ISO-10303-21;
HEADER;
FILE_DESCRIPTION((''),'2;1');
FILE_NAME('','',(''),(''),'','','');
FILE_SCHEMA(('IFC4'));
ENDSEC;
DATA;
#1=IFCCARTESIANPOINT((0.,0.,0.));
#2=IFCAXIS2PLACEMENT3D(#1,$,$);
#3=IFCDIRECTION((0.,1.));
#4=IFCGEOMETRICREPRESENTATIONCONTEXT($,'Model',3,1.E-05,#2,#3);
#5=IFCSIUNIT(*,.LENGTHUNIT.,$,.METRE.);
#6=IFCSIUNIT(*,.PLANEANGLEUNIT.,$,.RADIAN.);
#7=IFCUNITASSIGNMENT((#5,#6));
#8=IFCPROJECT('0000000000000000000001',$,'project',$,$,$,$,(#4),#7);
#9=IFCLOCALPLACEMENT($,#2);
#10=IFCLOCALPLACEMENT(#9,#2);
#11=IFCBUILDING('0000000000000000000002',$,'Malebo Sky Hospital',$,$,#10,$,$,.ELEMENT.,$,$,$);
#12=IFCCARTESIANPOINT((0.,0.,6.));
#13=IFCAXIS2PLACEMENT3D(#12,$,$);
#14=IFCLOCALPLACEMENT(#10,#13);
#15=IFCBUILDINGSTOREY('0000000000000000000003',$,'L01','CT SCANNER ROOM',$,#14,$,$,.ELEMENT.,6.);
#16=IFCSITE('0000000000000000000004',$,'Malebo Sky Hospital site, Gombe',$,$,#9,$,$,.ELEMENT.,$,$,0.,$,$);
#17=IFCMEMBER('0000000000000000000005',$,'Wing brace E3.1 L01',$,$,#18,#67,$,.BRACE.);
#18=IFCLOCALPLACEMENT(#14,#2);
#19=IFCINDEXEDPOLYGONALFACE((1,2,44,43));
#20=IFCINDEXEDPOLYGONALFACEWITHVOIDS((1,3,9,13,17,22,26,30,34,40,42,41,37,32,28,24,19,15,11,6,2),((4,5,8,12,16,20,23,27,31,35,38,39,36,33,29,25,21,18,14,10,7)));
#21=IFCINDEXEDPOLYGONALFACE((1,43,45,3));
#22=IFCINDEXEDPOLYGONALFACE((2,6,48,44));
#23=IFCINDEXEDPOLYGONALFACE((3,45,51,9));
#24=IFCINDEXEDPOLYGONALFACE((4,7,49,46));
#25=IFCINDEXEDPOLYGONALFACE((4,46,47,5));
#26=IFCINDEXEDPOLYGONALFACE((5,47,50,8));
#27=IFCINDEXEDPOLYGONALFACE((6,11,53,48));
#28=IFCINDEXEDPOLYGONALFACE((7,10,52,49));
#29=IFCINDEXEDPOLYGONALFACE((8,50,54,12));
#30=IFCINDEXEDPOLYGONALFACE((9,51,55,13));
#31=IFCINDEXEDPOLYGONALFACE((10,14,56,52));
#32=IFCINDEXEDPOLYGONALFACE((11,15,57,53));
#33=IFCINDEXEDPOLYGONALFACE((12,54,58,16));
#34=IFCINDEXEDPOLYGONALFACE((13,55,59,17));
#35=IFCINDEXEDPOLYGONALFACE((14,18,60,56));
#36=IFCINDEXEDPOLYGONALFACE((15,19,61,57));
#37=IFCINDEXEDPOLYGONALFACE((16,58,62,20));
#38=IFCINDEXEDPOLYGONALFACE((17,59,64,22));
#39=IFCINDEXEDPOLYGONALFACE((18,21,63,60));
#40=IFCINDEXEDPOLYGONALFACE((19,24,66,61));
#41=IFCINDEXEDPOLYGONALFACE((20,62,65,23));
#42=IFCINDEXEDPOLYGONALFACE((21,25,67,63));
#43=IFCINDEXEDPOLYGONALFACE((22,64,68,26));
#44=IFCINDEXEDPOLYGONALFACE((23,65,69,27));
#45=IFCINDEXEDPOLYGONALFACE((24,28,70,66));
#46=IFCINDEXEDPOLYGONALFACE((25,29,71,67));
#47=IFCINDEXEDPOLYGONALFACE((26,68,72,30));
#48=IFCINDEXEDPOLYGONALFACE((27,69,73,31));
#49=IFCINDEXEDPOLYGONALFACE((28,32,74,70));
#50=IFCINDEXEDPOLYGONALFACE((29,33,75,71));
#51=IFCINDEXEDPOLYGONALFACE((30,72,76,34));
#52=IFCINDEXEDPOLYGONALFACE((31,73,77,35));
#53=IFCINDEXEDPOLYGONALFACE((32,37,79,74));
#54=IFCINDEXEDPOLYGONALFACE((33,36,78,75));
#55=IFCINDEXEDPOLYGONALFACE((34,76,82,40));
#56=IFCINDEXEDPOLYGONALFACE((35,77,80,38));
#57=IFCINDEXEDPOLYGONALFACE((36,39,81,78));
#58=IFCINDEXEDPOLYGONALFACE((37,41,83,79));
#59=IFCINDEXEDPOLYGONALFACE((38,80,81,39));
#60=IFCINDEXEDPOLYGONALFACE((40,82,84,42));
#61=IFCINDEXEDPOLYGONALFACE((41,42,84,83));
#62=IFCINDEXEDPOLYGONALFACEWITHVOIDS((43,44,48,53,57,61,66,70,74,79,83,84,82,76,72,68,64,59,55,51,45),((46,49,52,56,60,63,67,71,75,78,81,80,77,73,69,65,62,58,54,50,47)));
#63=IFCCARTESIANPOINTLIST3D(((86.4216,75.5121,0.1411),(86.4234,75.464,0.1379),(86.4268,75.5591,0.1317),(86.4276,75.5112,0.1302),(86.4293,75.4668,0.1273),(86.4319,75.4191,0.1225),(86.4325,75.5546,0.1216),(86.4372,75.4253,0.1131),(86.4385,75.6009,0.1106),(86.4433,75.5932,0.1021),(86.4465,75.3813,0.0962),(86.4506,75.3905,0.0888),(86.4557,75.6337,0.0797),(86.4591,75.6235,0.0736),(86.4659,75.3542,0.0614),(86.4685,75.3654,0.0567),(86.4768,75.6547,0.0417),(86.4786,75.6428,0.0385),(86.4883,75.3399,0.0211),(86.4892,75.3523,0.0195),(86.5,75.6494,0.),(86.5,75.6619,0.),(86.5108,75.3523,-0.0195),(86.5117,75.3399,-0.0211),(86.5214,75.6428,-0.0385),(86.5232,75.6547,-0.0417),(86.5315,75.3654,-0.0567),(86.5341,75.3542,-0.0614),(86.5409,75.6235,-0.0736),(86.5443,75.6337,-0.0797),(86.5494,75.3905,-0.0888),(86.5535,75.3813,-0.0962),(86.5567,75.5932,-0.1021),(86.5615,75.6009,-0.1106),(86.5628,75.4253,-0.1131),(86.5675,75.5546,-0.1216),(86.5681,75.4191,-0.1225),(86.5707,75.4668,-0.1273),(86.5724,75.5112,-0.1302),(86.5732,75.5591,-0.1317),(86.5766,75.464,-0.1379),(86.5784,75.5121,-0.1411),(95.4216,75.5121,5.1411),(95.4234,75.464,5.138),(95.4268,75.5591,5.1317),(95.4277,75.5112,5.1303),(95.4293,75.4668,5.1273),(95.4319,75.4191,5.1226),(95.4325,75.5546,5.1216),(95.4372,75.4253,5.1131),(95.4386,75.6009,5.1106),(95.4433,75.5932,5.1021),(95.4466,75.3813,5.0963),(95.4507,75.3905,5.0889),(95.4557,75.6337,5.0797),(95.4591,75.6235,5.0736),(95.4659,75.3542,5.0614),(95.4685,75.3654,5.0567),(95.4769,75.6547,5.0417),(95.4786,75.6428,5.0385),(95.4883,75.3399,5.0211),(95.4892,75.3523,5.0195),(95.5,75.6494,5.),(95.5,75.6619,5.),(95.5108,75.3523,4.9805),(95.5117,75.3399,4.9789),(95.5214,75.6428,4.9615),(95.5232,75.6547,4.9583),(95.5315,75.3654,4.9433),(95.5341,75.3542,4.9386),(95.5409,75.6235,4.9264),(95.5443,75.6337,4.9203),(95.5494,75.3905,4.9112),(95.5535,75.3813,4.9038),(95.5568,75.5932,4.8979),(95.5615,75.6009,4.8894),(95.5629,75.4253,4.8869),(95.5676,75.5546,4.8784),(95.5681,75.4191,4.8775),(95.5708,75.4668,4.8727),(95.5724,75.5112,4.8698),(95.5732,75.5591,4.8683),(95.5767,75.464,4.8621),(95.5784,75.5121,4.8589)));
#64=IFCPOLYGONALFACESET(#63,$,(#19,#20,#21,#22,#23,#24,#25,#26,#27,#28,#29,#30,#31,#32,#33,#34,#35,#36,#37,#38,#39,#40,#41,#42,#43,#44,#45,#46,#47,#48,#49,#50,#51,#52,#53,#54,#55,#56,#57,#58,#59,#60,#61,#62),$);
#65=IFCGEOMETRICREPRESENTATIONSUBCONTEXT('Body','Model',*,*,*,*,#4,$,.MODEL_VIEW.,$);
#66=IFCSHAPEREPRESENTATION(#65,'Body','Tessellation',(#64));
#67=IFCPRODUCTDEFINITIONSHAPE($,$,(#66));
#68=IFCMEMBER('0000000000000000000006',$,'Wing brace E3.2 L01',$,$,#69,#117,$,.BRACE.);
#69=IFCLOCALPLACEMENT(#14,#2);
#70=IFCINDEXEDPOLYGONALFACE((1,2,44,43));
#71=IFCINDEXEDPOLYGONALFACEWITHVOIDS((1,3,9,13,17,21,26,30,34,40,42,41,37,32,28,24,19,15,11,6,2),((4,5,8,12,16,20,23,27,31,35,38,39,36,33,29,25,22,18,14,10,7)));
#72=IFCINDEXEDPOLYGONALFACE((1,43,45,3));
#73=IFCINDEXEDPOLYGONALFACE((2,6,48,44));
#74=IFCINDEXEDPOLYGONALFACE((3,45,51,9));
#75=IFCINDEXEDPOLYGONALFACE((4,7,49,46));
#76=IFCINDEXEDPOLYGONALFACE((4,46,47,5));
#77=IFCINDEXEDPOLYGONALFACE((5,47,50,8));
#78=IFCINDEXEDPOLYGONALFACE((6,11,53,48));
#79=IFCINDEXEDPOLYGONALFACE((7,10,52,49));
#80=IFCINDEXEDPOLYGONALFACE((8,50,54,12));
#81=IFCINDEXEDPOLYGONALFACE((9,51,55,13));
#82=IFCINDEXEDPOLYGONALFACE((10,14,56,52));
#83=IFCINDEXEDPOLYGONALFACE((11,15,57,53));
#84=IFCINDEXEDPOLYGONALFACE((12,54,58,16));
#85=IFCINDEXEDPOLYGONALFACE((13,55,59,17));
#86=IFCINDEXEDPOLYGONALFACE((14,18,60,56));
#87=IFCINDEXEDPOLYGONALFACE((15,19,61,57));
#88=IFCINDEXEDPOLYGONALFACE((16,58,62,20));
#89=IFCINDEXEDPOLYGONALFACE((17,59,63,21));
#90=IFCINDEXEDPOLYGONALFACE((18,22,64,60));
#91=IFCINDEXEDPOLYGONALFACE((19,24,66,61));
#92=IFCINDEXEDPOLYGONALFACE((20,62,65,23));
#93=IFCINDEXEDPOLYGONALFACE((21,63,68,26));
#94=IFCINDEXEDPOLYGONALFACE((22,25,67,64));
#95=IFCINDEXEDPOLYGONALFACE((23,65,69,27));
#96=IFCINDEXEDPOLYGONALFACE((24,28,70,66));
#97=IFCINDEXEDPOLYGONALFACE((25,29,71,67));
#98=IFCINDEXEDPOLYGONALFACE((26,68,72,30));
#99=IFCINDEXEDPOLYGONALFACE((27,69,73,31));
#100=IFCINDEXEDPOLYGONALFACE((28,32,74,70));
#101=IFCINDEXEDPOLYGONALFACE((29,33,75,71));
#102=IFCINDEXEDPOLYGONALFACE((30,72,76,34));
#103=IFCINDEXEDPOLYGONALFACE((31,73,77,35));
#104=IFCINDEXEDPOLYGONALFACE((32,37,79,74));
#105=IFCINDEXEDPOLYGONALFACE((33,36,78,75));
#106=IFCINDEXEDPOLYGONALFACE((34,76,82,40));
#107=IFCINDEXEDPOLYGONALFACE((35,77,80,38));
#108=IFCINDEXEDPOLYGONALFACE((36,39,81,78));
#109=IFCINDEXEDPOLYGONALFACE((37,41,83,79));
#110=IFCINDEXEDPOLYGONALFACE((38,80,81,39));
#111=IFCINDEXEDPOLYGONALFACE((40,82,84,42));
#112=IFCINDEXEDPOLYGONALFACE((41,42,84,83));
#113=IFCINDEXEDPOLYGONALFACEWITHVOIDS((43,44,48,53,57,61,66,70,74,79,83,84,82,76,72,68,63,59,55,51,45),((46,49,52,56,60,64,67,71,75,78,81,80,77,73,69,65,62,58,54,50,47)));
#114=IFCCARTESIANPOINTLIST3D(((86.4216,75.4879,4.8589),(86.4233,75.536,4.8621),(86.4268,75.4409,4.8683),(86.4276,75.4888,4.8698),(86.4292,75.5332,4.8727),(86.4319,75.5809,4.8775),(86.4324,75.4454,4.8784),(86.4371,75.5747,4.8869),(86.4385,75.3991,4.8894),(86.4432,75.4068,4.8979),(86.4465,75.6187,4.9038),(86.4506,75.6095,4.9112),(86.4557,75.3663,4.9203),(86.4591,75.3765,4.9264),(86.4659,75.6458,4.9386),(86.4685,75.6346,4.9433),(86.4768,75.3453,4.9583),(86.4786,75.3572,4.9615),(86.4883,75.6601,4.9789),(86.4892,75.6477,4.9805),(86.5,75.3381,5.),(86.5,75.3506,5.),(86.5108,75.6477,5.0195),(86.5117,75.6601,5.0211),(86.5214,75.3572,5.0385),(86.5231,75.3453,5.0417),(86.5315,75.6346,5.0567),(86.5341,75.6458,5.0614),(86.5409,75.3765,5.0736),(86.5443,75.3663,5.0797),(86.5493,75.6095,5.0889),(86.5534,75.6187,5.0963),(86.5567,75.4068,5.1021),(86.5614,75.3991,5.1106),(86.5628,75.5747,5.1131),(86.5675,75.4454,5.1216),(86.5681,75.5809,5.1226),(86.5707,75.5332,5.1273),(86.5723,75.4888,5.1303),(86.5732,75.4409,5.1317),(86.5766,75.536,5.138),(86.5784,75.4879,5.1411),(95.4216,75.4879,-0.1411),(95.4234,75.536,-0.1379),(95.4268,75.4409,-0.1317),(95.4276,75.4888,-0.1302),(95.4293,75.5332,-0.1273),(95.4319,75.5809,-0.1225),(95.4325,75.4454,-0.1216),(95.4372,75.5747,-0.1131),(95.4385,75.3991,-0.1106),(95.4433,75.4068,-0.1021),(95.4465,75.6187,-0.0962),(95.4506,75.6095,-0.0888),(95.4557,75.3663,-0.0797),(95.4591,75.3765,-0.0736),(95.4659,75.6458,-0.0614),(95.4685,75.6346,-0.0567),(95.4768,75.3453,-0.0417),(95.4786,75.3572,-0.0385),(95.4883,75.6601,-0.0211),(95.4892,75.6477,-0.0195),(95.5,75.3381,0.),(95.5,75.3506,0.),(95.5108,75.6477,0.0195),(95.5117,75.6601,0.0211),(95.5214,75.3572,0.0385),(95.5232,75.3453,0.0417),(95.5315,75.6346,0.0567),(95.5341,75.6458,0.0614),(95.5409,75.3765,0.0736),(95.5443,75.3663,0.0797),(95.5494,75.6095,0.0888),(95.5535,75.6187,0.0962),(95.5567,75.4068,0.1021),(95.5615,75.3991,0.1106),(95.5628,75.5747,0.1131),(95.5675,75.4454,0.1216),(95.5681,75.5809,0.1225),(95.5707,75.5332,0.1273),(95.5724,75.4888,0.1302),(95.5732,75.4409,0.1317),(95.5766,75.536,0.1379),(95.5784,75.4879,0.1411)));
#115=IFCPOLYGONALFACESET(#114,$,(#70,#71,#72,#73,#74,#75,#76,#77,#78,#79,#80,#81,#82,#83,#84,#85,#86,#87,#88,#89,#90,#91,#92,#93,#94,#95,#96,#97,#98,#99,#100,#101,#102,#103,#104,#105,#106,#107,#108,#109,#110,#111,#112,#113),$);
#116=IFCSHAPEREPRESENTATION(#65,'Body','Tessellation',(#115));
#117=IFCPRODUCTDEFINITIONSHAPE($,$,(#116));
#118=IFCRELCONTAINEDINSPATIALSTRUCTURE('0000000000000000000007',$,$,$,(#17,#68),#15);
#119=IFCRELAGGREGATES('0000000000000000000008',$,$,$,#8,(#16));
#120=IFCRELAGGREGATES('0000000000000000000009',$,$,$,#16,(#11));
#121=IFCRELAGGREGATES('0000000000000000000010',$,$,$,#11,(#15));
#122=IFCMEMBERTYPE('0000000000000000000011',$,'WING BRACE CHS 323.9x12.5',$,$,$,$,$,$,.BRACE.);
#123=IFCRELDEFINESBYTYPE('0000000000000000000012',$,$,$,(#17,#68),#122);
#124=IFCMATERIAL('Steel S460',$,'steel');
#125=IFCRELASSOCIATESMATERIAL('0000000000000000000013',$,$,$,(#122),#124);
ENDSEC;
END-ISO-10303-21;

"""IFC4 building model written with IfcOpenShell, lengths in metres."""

from ifc_helpers import new_model, si_unit, direction, frame, origin, origin_2d, place, context, subcontext, project, spatial, hollow_circle, extrude, material, material_profile, profile_set, type_object, element, save


model = new_model("IFC4")

# Units and contexts
model_context = context("Model", 3, precision=1e-05, world=origin(), true_north=direction((0.0, 1.0)))
body_context = subcontext(model_context, "Body", "Model", "MODEL_VIEW")
ifc_project = project(units=[si_unit("LENGTHUNIT", "METRE"), si_unit("PLANEANGLEUNIT", "RADIAN")], contexts=[model_context])

# Site, building, storey
site_placement = place(None, origin())
site = spatial("IfcSite", under=ifc_project, at=site_placement, Name="Malebo Sky Hospital site, Gombe", CompositionType="ELEMENT", RefElevation=0.0)
building_placement = place(site_placement, origin())
building = spatial("IfcBuilding", under=site, at=building_placement, Name="Malebo Sky Hospital", CompositionType="ELEMENT")
storey_placement = place(building_placement, frame((0.0, 0.0, 6.0)))
storey = spatial("IfcBuildingStorey", under=building, at=storey_placement, Name="L01", Description="CT SCANNER ROOM", CompositionType="ELEMENT", Elevation=6.0)

# Members
ifc_material_1 = material(Name="Steel S460", Category="steel")
ifc_material_profile_1 = material_profile(ifc_material_1, hollow_circle(Radius=0.1619, WallThickness=0.0125, at=origin_2d()), Name="CHS 323.9x12.5")
ifc_profile_set_1 = profile_set([ifc_material_profile_1], Name="Steel S460")
member_type = type_object("IfcMemberType", Name="WING BRACE CHS 323.9x12.5", PredefinedType="BRACE", material=ifc_profile_set_1)
for number, where, z_axis, x_axis, name in (
    (1, (86.5, 75.5, 0.0), (0.874157, 0.0, 0.485643), (0.0, 1.0, 0.0), "Wing brace E3.1 L01"),
    (2, (95.5, 75.5, 0.0), (-0.874157, 0.0, 0.485643), (0.0, -1.0, 0.0), "Wing brace E3.2 L01"),
):
    element("IfcMember", number, at=place(storey_placement, frame(where, z_axis=z_axis, x_axis=x_axis)), inside=storey, type_object=member_type, Name=name, PredefinedType="BRACE", context=body_context, shape_type="SweptSolid", body=[
        extrude(hollow_circle(Radius=0.1619, WallThickness=0.0125, at=origin_2d()), origin(), (0.0, 0.0, 1.0), 10.2957),
    ])

save(model, "model.ifc")
